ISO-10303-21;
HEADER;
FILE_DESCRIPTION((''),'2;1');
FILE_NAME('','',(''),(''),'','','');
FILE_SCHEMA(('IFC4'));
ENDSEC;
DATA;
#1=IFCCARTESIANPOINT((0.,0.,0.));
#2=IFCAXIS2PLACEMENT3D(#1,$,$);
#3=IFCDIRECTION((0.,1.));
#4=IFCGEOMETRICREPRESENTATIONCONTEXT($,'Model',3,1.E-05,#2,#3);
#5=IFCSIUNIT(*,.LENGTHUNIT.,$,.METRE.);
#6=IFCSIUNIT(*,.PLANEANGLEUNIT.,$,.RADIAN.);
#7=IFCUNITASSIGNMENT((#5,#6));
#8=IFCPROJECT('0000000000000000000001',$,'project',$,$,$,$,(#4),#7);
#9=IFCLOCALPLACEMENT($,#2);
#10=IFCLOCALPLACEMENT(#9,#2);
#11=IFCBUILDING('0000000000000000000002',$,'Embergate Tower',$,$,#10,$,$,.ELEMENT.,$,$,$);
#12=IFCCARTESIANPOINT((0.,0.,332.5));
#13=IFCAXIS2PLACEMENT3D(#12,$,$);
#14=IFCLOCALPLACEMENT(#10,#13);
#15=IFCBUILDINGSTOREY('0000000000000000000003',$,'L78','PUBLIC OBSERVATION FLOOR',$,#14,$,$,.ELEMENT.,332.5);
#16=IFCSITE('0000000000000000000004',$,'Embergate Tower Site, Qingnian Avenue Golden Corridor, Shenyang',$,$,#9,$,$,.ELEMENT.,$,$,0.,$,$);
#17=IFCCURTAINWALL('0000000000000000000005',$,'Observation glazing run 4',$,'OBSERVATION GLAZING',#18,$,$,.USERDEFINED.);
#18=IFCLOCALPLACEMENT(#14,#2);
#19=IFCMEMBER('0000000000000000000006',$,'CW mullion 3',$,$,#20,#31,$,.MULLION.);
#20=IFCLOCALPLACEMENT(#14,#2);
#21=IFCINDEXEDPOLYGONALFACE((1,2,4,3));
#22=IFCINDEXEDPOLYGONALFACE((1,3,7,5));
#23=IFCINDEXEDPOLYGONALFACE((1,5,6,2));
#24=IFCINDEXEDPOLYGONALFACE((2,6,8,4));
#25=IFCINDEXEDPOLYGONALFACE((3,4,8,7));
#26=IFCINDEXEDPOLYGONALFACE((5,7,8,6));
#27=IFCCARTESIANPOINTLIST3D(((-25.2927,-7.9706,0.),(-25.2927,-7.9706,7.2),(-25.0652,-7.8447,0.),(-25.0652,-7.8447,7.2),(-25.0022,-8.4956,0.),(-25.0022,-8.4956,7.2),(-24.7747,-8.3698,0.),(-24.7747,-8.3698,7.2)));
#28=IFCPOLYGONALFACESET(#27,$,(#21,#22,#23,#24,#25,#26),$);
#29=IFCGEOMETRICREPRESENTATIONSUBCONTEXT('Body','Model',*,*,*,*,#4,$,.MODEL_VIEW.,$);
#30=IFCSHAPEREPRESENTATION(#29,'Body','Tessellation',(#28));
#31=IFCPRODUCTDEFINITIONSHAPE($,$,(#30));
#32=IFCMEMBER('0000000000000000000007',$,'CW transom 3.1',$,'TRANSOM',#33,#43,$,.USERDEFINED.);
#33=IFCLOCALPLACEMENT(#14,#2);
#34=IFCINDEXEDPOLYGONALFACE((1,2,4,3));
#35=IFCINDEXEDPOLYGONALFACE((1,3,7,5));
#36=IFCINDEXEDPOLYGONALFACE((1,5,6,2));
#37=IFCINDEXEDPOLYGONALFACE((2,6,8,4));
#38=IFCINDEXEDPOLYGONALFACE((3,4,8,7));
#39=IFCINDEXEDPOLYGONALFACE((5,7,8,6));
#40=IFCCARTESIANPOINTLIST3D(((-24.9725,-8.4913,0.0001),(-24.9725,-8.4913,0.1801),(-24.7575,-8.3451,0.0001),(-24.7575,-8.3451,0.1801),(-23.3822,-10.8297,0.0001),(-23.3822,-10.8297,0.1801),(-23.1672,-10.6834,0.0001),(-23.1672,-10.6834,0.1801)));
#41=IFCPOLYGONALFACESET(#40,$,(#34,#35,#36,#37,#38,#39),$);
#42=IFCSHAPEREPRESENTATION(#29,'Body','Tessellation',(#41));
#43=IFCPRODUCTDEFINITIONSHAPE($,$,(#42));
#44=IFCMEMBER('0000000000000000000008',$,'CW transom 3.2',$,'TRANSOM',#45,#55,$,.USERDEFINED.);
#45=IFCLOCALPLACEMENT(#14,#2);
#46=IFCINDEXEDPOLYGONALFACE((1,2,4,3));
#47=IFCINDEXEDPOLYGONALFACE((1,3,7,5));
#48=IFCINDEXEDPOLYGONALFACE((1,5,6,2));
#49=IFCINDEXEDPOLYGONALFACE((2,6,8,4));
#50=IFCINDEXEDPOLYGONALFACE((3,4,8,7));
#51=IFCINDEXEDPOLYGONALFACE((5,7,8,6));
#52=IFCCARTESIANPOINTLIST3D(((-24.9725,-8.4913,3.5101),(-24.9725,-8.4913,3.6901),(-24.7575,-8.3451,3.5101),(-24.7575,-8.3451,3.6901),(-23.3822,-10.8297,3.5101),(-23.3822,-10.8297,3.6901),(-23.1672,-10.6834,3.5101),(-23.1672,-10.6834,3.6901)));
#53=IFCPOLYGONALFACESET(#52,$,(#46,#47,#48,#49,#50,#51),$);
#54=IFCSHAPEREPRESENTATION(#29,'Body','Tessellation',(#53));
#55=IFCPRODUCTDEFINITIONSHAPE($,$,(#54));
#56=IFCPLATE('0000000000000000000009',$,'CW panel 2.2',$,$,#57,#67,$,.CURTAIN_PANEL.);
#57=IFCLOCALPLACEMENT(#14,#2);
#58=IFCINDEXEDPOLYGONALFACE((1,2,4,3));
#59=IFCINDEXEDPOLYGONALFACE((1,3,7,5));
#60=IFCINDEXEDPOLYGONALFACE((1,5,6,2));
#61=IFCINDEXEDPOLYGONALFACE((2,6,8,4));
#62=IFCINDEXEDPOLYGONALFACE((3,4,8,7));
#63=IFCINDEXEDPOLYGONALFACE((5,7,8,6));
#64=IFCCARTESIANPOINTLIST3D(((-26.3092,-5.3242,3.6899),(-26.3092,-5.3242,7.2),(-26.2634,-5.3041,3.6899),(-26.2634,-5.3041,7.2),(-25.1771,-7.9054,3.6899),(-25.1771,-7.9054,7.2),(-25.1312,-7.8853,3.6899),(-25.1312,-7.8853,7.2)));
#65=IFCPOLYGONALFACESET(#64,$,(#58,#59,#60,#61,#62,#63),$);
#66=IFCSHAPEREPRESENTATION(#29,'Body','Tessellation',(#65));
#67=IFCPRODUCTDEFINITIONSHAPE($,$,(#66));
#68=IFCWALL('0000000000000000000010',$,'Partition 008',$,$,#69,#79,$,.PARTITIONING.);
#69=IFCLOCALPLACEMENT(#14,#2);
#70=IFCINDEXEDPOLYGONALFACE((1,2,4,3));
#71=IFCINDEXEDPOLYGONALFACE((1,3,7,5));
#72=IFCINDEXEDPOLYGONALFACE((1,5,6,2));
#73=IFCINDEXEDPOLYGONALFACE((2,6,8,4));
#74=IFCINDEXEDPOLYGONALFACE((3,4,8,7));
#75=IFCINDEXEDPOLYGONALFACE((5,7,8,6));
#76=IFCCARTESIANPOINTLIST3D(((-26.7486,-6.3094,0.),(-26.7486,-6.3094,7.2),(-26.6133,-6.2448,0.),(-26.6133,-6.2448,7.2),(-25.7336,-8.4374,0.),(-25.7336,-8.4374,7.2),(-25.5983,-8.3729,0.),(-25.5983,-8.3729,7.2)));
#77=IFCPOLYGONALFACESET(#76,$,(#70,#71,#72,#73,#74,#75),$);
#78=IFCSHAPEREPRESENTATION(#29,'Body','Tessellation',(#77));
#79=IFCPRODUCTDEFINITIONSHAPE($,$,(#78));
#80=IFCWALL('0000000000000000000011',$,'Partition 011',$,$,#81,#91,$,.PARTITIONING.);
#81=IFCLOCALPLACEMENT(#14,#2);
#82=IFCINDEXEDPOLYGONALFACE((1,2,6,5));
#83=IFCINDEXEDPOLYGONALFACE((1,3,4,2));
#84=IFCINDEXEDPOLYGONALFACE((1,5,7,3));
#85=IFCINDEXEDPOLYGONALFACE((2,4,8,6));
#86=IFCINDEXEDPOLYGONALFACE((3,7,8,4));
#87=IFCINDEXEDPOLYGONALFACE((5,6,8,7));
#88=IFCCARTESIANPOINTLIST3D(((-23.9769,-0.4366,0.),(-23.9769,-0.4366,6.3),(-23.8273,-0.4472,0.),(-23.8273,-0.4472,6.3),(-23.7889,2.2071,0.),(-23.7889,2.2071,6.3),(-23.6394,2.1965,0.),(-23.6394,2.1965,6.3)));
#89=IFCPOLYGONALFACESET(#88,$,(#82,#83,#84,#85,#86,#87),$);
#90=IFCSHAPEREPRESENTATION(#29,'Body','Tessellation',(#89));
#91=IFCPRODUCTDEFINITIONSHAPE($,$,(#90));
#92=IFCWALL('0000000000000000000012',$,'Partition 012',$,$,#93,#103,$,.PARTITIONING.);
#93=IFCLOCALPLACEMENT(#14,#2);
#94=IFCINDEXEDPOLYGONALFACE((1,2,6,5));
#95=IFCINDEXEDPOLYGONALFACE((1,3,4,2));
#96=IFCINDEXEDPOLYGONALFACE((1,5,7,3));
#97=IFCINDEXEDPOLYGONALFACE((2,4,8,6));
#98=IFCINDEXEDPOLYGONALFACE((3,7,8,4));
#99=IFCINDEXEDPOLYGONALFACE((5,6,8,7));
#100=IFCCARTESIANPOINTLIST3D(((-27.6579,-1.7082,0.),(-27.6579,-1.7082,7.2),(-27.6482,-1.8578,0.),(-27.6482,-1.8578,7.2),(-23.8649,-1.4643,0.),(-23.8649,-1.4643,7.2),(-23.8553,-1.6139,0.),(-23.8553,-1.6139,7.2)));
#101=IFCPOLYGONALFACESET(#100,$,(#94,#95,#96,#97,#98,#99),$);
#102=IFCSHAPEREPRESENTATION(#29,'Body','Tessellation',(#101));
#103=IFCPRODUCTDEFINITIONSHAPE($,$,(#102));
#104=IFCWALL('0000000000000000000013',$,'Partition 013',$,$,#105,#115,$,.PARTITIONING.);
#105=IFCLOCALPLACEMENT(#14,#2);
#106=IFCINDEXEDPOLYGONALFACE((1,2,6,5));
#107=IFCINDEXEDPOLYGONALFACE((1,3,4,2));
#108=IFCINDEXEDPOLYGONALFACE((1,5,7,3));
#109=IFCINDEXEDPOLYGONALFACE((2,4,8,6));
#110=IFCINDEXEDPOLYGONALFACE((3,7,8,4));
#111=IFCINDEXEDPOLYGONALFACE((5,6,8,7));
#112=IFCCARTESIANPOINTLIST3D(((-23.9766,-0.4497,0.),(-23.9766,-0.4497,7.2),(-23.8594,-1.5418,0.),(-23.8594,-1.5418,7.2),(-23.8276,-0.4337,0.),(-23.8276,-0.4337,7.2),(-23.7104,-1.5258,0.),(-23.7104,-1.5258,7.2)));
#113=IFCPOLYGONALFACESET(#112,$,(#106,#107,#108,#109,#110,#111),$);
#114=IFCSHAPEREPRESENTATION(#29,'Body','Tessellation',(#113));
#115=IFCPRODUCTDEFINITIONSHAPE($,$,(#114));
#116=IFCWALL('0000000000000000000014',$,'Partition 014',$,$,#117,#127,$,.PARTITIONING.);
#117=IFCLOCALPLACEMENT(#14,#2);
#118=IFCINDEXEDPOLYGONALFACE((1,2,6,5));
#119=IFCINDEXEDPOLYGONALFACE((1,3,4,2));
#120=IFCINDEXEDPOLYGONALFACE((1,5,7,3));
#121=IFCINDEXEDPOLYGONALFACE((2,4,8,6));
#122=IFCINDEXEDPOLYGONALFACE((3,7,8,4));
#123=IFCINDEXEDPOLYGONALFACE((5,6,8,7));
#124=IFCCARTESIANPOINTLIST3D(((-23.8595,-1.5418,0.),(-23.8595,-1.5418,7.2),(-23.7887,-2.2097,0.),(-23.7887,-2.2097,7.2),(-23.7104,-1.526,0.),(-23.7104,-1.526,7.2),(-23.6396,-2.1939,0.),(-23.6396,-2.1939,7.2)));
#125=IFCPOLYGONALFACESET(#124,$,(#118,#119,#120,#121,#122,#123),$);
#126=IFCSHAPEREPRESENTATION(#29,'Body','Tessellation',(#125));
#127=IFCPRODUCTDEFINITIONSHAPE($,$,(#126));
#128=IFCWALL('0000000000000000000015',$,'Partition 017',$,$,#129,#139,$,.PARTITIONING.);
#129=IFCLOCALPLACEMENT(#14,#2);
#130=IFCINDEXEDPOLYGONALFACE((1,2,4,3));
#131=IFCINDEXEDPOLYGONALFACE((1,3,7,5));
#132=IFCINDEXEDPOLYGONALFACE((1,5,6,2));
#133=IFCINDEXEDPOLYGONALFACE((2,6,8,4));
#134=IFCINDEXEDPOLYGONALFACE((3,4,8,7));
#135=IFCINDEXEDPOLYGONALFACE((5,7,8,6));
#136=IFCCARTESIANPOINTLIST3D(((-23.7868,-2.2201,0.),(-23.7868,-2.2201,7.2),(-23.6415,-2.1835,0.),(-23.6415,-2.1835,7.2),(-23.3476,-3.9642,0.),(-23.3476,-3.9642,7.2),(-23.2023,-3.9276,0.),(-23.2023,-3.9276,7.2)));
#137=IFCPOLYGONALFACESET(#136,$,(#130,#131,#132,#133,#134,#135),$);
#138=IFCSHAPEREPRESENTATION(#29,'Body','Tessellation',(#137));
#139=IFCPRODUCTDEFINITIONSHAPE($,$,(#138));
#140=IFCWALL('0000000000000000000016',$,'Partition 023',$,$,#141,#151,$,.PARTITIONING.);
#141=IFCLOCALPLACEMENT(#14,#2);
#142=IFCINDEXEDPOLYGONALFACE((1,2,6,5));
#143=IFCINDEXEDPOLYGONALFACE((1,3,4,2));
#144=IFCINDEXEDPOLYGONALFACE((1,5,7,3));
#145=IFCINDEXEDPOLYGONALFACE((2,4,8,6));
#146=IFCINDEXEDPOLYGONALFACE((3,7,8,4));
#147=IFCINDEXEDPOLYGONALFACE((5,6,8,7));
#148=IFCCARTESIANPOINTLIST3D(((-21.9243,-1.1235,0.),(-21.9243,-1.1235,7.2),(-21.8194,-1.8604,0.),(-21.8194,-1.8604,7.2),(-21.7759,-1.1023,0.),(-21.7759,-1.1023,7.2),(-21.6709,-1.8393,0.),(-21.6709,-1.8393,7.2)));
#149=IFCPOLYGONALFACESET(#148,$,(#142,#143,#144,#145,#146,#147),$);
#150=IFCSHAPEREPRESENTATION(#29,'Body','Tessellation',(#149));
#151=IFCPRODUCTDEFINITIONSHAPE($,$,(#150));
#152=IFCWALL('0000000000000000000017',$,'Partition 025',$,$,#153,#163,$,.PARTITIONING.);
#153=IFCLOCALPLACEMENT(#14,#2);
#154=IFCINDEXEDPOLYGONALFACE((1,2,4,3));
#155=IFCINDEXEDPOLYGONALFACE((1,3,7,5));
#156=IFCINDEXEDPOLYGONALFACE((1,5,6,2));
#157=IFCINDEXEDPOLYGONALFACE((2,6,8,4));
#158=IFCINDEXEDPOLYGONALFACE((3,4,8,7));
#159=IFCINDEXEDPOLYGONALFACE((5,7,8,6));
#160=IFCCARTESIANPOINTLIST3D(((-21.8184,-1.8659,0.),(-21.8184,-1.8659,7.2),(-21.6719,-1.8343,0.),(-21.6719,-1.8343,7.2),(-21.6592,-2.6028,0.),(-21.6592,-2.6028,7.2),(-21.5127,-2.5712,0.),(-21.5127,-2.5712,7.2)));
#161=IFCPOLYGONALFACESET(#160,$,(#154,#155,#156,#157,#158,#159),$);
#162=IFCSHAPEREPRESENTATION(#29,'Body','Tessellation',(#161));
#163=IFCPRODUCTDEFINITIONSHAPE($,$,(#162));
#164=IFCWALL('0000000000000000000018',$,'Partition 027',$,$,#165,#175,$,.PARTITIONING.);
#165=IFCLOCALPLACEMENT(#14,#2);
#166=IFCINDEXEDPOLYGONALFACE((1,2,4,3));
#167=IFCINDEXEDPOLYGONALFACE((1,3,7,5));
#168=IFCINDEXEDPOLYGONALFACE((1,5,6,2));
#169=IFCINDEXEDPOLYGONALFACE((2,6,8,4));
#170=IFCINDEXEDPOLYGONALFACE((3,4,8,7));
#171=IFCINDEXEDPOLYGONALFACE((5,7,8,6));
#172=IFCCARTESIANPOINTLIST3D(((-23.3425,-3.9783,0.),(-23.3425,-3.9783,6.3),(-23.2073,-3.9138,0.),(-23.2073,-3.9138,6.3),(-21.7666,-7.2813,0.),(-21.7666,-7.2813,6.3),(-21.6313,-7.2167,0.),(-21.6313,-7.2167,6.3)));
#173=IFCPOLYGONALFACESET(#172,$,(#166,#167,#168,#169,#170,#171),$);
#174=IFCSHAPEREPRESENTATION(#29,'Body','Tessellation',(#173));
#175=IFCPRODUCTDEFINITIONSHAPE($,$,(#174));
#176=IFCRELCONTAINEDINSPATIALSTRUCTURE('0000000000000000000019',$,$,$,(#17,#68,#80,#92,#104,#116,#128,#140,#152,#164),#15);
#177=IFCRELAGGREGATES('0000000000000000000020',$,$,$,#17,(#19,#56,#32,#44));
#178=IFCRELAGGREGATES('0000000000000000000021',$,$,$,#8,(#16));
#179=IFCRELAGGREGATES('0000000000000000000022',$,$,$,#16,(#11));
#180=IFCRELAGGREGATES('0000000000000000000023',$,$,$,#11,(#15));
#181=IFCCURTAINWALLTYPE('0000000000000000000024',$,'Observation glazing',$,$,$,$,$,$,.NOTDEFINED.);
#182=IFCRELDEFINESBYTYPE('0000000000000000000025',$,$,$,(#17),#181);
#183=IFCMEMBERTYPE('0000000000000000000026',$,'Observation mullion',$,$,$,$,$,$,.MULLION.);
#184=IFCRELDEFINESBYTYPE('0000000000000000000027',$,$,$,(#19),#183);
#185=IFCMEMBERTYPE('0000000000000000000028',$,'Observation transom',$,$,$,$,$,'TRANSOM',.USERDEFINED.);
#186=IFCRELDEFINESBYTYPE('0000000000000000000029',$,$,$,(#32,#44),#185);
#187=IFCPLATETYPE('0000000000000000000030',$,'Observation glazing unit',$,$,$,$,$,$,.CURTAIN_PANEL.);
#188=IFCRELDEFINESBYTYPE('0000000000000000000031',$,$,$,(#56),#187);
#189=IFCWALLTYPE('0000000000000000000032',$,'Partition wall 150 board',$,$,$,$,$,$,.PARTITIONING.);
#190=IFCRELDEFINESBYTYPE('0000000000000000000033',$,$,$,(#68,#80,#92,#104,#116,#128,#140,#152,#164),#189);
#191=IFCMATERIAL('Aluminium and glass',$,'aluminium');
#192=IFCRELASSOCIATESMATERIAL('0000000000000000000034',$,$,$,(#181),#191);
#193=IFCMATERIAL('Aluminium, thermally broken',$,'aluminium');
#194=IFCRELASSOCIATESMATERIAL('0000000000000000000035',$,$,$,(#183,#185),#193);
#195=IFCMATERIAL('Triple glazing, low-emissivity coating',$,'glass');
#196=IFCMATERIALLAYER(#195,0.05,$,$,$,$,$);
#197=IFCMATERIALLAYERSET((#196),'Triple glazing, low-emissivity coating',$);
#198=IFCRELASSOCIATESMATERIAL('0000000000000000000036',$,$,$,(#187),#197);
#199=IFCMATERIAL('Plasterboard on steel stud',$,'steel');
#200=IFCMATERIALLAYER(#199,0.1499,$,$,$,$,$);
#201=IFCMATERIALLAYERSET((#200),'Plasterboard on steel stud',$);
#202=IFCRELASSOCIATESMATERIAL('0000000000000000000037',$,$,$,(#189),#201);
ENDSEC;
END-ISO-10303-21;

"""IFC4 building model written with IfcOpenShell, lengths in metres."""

from ifc_helpers import new_model, si_unit, direction, frame, frame_2d, origin, origin_2d, place, context, subcontext, project, spatial, rectangle, extrude, source, transform, mapped, material, layer, layer_set, material_profile, profile_set, type_object, element, aggregate, save


model = new_model("IFC4")

# Units and contexts
model_context = context("Model", 3, precision=1e-05, world=origin(), true_north=direction((0.0, 1.0)))
body_context = subcontext(model_context, "Body", "Model", "MODEL_VIEW")
ifc_project = project(units=[si_unit("LENGTHUNIT", "METRE"), si_unit("PLANEANGLEUNIT", "RADIAN")], contexts=[model_context])

# Site, building, storey
site_placement = place(None, origin())
site = spatial("IfcSite", under=ifc_project, at=site_placement, Name="Embergate Tower Site, Qingnian Avenue Golden Corridor, Shenyang", CompositionType="ELEMENT", RefElevation=0.0)
building_placement = place(site_placement, origin())
building = spatial("IfcBuilding", under=site, at=building_placement, Name="Embergate Tower", CompositionType="ELEMENT")
storey_placement = place(building_placement, frame((0.0, 0.0, 332.5)))
storey = spatial("IfcBuildingStorey", under=building, at=storey_placement, Name="L78", Description="PUBLIC OBSERVATION FLOOR", CompositionType="ELEMENT", Elevation=332.5)

# Curtain wall, members, plate
ifc_material_1 = material(Name="Aluminium and glass", Category="aluminium")
curtain_wall_type = type_object("IfcCurtainWallType", Name="Observation glazing", PredefinedType="NOTDEFINED", material=ifc_material_1)
curtain_wall_placement = place(storey_placement, origin())
curtain_wall = element("IfcCurtainWall", 1, at=curtain_wall_placement, inside=storey, type_object=curtain_wall_type, Name="Observation glazing run 4", ObjectType="OBSERVATION GLAZING", PredefinedType="USERDEFINED")
ifc_material_2 = material(Name="Aluminium, thermally broken", Category="aluminium")
ifc_material_profile_1 = material_profile(ifc_material_2, rectangle(XDim=0.26, YDim=0.6001, at=origin_2d()), Name="AL 600x260")
ifc_profile_set_1 = profile_set([ifc_material_profile_1], Name="Aluminium, thermally broken")
member_type_1 = type_object("IfcMemberType", Name="Observation mullion", PredefinedType="MULLION", material=ifc_profile_set_1)
shared_shape_1 = source(origin(), body_context, "Body", "SweptSolid", [
    extrude(rectangle(XDim=0.26, YDim=0.6001, at=origin_2d()), origin(), (0.0, 0.0, 1.0), 7.2),
])
member_1_placement = place(storey_placement, frame((-25.0337, -8.1702, 0.0), z_axis=(0.0, 0.0, 1.0), x_axis=(0.874977, 0.484164, 0.0)))
member_1 = element("IfcMember", 2, at=member_1_placement, type_object=member_type_1, Name="CW mullion 3", PredefinedType="MULLION", context=body_context, shape_type="MappedRepresentation", body=[
    mapped(shared_shape_1, transform((0.0, 0.0, 0.0))),
])
ifc_material_profile_2 = material_profile(ifc_material_2, rectangle(XDim=0.26, YDim=0.1799, at=origin_2d()), Name="AL 180x260")
ifc_profile_set_2 = profile_set([ifc_material_profile_2], Name="Aluminium, thermally broken")
member_type_2 = type_object("IfcMemberType", Name="Observation transom", ElementType="TRANSOM", PredefinedType="USERDEFINED", material=ifc_profile_set_2)
shared_shape_2 = source(origin(), body_context, "Body", "SweptSolid", [
    extrude(rectangle(XDim=0.26, YDim=0.1799, at=origin_2d()), origin(), (0.0, 0.0, 1.0), 2.8279),
])
member_2_placement = place(storey_placement, frame((-24.865, -8.4182, 0.0901), z_axis=(0.562367, -0.826888, 0.0), x_axis=(0.826888, 0.562367, 0.0)))
member_2 = element("IfcMember", 3, at=member_2_placement, type_object=member_type_2, Name="CW transom 3.1", ObjectType="TRANSOM", PredefinedType="USERDEFINED", context=body_context, shape_type="MappedRepresentation", body=[
    mapped(shared_shape_2, transform((0.0, 0.0, 0.0))),
])
member_3_placement = place(storey_placement, frame((-24.865, -8.4182, 3.6001), z_axis=(0.562367, -0.826888, 0.0), x_axis=(0.826888, 0.562367, 0.0)))
member_3 = element("IfcMember", 4, at=member_3_placement, type_object=member_type_2, Name="CW transom 3.2", ObjectType="TRANSOM", PredefinedType="USERDEFINED", context=body_context, shape_type="MappedRepresentation", body=[
    mapped(shared_shape_2, transform((0.0, 0.0, 0.0))),
])
ifc_material_3 = material(Name="Triple glazing, low-emissivity coating", Category="glass")
ifc_layer_1 = layer(ifc_material_3, 0.05)
ifc_layer_set_1 = layer_set([ifc_layer_1], Name="Triple glazing, low-emissivity coating")
plate_type = type_object("IfcPlateType", Name="Observation glazing unit", PredefinedType="CURTAIN_PANEL", material=ifc_layer_set_1)
shared_shape_3 = source(origin(), body_context, "Body", "SweptSolid", [
    extrude(rectangle(XDim=2.8186, YDim=0.05, at=origin_2d()), origin(), (0.0, 0.0, 1.0), 3.51),
])
plate_placement = place(storey_placement, frame((-25.7202, -6.6047, 3.6899), z_axis=(0.0, 0.0, 1.0), x_axis=(0.401665, -0.915787, 0.0)))
plate = element("IfcPlate", 5, at=plate_placement, type_object=plate_type, Name="CW panel 2.2", PredefinedType="CURTAIN_PANEL", context=body_context, shape_type="MappedRepresentation", body=[
    mapped(shared_shape_3, transform((0.0, 0.0, 0.0))),
])
aggregate(curtain_wall, [member_1, plate, member_2, member_3])

# Walls
ifc_material_4 = material(Name="Plasterboard on steel stud", Category="steel")
ifc_layer_2 = layer(ifc_material_4, 0.1499)
ifc_layer_set_2 = layer_set([ifc_layer_2], Name="Plasterboard on steel stud")
wall_type = type_object("IfcWallType", Name="Partition wall 150 board", PredefinedType="PARTITIONING", material=ifc_layer_set_2)
shared_shape_4 = source(origin(), body_context, "Body", "SweptSolid", [
    extrude(rectangle(XDim=2.3577, YDim=0.1499, at=frame_2d((1.1787, 0.0))), origin(), (0.0, 0.0, 1.0), 7.2),
])
wall_1_placement = place(storey_placement, frame((-25.666, -8.405, 0.0), z_axis=(0.0, 0.0, 1.0), x_axis=(-0.430484, 0.902598, 0.0)))
element("IfcWall", 6, at=wall_1_placement, inside=storey, type_object=wall_type, Name="Partition 008", PredefinedType="PARTITIONING", context=body_context, shape_type="MappedRepresentation", body=[
    mapped(shared_shape_4, transform((0.0, 0.0, 0.0))),
])
shared_shape_5 = source(origin(), body_context, "Body", "SweptSolid", [
    extrude(rectangle(XDim=2.6504, YDim=0.1499, at=frame_2d((1.3252, 0.0))), origin(), (0.0, 0.0, 1.0), 6.3),
])
wall_2_placement = place(storey_placement, frame((-23.9021, -0.4419, 0.0), z_axis=(0.0, 0.0, 1.0), x_axis=(0.070926, 0.997482, 0.0)))
element("IfcWall", 7, at=wall_2_placement, inside=storey, type_object=wall_type, Name="Partition 011", PredefinedType="PARTITIONING", context=body_context, shape_type="MappedRepresentation", body=[
    mapped(shared_shape_5, transform((0.0, 0.0, 0.0))),
])
shared_shape_6 = source(origin(), body_context, "Body", "SweptSolid", [
    extrude(rectangle(XDim=3.8008, YDim=0.1499, at=frame_2d((1.9004, 0.0))), origin(), (0.0, 0.0, 1.0), 7.2),
])
wall_3_placement = place(storey_placement, frame((-23.8601, -1.5391, 0.0), z_axis=(0.0, 0.0, 1.0), x_axis=(-0.997939, -0.06417, 0.0)))
element("IfcWall", 8, at=wall_3_placement, inside=storey, type_object=wall_type, Name="Partition 012", PredefinedType="PARTITIONING", context=body_context, shape_type="MappedRepresentation", body=[
    mapped(shared_shape_6, transform((0.0, 0.0, 0.0))),
])
shared_shape_7 = source(origin(), body_context, "Body", "SweptSolid", [
    extrude(rectangle(XDim=1.0984, YDim=0.1499, at=frame_2d((0.5493, 0.0))), origin(), (0.0, 0.0, 1.0), 7.2),
])
wall_4_placement = place(storey_placement, frame((-23.7849, -1.5339, 0.0), z_axis=(0.0, 0.0, 1.0), x_axis=(-0.106698, 0.994291, 0.0)))
element("IfcWall", 9, at=wall_4_placement, inside=storey, type_object=wall_type, Name="Partition 013", PredefinedType="PARTITIONING", context=body_context, shape_type="MappedRepresentation", body=[
    mapped(shared_shape_7, transform((0.0, 0.0, 0.0))),
])
shared_shape_8 = source(origin(), body_context, "Body", "SweptSolid", [
    extrude(rectangle(XDim=0.6716, YDim=0.1499, at=frame_2d((0.3359, 0.0))), origin(), (0.0, 0.0, 1.0), 7.2),
])
wall_5_placement = place(storey_placement, frame((-23.7141, -2.2019, 0.0), z_axis=(0.0, 0.0, 1.0), x_axis=(-0.105404, 0.99443, 0.0)))
element("IfcWall", 10, at=wall_5_placement, inside=storey, type_object=wall_type, Name="Partition 014", PredefinedType="PARTITIONING", context=body_context, shape_type="MappedRepresentation", body=[
    mapped(shared_shape_8, transform((0.0, 0.0, 0.0))),
])
shared_shape_9 = source(origin(), body_context, "Body", "SweptSolid", [
    extrude(rectangle(XDim=1.7986, YDim=0.1499, at=frame_2d((0.8994, 0.0))), origin(), (0.0, 0.0, 1.0), 7.2),
])
wall_6_placement = place(storey_placement, frame((-23.2749, -3.946, 0.0), z_axis=(0.0, 0.0, 1.0), x_axis=(-0.244196, 0.969726, 0.0)))
element("IfcWall", 11, at=wall_6_placement, inside=storey, type_object=wall_type, Name="Partition 017", PredefinedType="PARTITIONING", context=body_context, shape_type="MappedRepresentation", body=[
    mapped(shared_shape_9, transform((0.0, 0.0, 0.0))),
])
shared_shape_10 = source(origin(), body_context, "Body", "SweptSolid", [
    extrude(rectangle(XDim=0.7444, YDim=0.1499, at=frame_2d((0.3721, 0.0))), origin(), (0.0, 0.0, 1.0), 7.2),
])
wall_7_placement = place(storey_placement, frame((-21.8501, -1.113, 0.0), z_axis=(0.0, 0.0, 1.0), x_axis=(0.141008, -0.990008, 0.0)))
element("IfcWall", 12, at=wall_7_placement, inside=storey, type_object=wall_type, Name="Partition 023", PredefinedType="PARTITIONING", context=body_context, shape_type="MappedRepresentation", body=[
    mapped(shared_shape_10, transform((0.0, 0.0, 0.0))),
])
shared_shape_11 = source(origin(), body_context, "Body", "SweptSolid", [
    extrude(rectangle(XDim=0.7539, YDim=0.1499, at=frame_2d((0.377, 0.0))), origin(), (0.0, 0.0, 1.0), 7.2),
])
wall_8_placement = place(storey_placement, frame((-21.7451, -1.8501, 0.0), z_axis=(0.0, 0.0, 1.0), x_axis=(0.211166, -0.97745, 0.0)))
element("IfcWall", 13, at=wall_8_placement, inside=storey, type_object=wall_type, Name="Partition 025", PredefinedType="PARTITIONING", context=body_context, shape_type="MappedRepresentation", body=[
    mapped(shared_shape_11, transform((0.0, 0.0, 0.0))),
])
shared_shape_12 = source(origin(), body_context, "Body", "SweptSolid", [
    extrude(rectangle(XDim=3.6597, YDim=0.1499, at=frame_2d((1.8298, 0.0))), origin(), (0.0, 0.0, 1.0), 6.3),
])
wall_9_placement = place(storey_placement, frame((-21.699, -7.249, 0.0), z_axis=(0.0, 0.0, 1.0), x_axis=(-0.43062, 0.902533, 0.0)))
element("IfcWall", 14, at=wall_9_placement, inside=storey, type_object=wall_type, Name="Partition 027", PredefinedType="PARTITIONING", context=body_context, shape_type="MappedRepresentation", body=[
    mapped(shared_shape_12, transform((0.0, 0.0, 0.0))),
])

save(model, "model.ifc")
